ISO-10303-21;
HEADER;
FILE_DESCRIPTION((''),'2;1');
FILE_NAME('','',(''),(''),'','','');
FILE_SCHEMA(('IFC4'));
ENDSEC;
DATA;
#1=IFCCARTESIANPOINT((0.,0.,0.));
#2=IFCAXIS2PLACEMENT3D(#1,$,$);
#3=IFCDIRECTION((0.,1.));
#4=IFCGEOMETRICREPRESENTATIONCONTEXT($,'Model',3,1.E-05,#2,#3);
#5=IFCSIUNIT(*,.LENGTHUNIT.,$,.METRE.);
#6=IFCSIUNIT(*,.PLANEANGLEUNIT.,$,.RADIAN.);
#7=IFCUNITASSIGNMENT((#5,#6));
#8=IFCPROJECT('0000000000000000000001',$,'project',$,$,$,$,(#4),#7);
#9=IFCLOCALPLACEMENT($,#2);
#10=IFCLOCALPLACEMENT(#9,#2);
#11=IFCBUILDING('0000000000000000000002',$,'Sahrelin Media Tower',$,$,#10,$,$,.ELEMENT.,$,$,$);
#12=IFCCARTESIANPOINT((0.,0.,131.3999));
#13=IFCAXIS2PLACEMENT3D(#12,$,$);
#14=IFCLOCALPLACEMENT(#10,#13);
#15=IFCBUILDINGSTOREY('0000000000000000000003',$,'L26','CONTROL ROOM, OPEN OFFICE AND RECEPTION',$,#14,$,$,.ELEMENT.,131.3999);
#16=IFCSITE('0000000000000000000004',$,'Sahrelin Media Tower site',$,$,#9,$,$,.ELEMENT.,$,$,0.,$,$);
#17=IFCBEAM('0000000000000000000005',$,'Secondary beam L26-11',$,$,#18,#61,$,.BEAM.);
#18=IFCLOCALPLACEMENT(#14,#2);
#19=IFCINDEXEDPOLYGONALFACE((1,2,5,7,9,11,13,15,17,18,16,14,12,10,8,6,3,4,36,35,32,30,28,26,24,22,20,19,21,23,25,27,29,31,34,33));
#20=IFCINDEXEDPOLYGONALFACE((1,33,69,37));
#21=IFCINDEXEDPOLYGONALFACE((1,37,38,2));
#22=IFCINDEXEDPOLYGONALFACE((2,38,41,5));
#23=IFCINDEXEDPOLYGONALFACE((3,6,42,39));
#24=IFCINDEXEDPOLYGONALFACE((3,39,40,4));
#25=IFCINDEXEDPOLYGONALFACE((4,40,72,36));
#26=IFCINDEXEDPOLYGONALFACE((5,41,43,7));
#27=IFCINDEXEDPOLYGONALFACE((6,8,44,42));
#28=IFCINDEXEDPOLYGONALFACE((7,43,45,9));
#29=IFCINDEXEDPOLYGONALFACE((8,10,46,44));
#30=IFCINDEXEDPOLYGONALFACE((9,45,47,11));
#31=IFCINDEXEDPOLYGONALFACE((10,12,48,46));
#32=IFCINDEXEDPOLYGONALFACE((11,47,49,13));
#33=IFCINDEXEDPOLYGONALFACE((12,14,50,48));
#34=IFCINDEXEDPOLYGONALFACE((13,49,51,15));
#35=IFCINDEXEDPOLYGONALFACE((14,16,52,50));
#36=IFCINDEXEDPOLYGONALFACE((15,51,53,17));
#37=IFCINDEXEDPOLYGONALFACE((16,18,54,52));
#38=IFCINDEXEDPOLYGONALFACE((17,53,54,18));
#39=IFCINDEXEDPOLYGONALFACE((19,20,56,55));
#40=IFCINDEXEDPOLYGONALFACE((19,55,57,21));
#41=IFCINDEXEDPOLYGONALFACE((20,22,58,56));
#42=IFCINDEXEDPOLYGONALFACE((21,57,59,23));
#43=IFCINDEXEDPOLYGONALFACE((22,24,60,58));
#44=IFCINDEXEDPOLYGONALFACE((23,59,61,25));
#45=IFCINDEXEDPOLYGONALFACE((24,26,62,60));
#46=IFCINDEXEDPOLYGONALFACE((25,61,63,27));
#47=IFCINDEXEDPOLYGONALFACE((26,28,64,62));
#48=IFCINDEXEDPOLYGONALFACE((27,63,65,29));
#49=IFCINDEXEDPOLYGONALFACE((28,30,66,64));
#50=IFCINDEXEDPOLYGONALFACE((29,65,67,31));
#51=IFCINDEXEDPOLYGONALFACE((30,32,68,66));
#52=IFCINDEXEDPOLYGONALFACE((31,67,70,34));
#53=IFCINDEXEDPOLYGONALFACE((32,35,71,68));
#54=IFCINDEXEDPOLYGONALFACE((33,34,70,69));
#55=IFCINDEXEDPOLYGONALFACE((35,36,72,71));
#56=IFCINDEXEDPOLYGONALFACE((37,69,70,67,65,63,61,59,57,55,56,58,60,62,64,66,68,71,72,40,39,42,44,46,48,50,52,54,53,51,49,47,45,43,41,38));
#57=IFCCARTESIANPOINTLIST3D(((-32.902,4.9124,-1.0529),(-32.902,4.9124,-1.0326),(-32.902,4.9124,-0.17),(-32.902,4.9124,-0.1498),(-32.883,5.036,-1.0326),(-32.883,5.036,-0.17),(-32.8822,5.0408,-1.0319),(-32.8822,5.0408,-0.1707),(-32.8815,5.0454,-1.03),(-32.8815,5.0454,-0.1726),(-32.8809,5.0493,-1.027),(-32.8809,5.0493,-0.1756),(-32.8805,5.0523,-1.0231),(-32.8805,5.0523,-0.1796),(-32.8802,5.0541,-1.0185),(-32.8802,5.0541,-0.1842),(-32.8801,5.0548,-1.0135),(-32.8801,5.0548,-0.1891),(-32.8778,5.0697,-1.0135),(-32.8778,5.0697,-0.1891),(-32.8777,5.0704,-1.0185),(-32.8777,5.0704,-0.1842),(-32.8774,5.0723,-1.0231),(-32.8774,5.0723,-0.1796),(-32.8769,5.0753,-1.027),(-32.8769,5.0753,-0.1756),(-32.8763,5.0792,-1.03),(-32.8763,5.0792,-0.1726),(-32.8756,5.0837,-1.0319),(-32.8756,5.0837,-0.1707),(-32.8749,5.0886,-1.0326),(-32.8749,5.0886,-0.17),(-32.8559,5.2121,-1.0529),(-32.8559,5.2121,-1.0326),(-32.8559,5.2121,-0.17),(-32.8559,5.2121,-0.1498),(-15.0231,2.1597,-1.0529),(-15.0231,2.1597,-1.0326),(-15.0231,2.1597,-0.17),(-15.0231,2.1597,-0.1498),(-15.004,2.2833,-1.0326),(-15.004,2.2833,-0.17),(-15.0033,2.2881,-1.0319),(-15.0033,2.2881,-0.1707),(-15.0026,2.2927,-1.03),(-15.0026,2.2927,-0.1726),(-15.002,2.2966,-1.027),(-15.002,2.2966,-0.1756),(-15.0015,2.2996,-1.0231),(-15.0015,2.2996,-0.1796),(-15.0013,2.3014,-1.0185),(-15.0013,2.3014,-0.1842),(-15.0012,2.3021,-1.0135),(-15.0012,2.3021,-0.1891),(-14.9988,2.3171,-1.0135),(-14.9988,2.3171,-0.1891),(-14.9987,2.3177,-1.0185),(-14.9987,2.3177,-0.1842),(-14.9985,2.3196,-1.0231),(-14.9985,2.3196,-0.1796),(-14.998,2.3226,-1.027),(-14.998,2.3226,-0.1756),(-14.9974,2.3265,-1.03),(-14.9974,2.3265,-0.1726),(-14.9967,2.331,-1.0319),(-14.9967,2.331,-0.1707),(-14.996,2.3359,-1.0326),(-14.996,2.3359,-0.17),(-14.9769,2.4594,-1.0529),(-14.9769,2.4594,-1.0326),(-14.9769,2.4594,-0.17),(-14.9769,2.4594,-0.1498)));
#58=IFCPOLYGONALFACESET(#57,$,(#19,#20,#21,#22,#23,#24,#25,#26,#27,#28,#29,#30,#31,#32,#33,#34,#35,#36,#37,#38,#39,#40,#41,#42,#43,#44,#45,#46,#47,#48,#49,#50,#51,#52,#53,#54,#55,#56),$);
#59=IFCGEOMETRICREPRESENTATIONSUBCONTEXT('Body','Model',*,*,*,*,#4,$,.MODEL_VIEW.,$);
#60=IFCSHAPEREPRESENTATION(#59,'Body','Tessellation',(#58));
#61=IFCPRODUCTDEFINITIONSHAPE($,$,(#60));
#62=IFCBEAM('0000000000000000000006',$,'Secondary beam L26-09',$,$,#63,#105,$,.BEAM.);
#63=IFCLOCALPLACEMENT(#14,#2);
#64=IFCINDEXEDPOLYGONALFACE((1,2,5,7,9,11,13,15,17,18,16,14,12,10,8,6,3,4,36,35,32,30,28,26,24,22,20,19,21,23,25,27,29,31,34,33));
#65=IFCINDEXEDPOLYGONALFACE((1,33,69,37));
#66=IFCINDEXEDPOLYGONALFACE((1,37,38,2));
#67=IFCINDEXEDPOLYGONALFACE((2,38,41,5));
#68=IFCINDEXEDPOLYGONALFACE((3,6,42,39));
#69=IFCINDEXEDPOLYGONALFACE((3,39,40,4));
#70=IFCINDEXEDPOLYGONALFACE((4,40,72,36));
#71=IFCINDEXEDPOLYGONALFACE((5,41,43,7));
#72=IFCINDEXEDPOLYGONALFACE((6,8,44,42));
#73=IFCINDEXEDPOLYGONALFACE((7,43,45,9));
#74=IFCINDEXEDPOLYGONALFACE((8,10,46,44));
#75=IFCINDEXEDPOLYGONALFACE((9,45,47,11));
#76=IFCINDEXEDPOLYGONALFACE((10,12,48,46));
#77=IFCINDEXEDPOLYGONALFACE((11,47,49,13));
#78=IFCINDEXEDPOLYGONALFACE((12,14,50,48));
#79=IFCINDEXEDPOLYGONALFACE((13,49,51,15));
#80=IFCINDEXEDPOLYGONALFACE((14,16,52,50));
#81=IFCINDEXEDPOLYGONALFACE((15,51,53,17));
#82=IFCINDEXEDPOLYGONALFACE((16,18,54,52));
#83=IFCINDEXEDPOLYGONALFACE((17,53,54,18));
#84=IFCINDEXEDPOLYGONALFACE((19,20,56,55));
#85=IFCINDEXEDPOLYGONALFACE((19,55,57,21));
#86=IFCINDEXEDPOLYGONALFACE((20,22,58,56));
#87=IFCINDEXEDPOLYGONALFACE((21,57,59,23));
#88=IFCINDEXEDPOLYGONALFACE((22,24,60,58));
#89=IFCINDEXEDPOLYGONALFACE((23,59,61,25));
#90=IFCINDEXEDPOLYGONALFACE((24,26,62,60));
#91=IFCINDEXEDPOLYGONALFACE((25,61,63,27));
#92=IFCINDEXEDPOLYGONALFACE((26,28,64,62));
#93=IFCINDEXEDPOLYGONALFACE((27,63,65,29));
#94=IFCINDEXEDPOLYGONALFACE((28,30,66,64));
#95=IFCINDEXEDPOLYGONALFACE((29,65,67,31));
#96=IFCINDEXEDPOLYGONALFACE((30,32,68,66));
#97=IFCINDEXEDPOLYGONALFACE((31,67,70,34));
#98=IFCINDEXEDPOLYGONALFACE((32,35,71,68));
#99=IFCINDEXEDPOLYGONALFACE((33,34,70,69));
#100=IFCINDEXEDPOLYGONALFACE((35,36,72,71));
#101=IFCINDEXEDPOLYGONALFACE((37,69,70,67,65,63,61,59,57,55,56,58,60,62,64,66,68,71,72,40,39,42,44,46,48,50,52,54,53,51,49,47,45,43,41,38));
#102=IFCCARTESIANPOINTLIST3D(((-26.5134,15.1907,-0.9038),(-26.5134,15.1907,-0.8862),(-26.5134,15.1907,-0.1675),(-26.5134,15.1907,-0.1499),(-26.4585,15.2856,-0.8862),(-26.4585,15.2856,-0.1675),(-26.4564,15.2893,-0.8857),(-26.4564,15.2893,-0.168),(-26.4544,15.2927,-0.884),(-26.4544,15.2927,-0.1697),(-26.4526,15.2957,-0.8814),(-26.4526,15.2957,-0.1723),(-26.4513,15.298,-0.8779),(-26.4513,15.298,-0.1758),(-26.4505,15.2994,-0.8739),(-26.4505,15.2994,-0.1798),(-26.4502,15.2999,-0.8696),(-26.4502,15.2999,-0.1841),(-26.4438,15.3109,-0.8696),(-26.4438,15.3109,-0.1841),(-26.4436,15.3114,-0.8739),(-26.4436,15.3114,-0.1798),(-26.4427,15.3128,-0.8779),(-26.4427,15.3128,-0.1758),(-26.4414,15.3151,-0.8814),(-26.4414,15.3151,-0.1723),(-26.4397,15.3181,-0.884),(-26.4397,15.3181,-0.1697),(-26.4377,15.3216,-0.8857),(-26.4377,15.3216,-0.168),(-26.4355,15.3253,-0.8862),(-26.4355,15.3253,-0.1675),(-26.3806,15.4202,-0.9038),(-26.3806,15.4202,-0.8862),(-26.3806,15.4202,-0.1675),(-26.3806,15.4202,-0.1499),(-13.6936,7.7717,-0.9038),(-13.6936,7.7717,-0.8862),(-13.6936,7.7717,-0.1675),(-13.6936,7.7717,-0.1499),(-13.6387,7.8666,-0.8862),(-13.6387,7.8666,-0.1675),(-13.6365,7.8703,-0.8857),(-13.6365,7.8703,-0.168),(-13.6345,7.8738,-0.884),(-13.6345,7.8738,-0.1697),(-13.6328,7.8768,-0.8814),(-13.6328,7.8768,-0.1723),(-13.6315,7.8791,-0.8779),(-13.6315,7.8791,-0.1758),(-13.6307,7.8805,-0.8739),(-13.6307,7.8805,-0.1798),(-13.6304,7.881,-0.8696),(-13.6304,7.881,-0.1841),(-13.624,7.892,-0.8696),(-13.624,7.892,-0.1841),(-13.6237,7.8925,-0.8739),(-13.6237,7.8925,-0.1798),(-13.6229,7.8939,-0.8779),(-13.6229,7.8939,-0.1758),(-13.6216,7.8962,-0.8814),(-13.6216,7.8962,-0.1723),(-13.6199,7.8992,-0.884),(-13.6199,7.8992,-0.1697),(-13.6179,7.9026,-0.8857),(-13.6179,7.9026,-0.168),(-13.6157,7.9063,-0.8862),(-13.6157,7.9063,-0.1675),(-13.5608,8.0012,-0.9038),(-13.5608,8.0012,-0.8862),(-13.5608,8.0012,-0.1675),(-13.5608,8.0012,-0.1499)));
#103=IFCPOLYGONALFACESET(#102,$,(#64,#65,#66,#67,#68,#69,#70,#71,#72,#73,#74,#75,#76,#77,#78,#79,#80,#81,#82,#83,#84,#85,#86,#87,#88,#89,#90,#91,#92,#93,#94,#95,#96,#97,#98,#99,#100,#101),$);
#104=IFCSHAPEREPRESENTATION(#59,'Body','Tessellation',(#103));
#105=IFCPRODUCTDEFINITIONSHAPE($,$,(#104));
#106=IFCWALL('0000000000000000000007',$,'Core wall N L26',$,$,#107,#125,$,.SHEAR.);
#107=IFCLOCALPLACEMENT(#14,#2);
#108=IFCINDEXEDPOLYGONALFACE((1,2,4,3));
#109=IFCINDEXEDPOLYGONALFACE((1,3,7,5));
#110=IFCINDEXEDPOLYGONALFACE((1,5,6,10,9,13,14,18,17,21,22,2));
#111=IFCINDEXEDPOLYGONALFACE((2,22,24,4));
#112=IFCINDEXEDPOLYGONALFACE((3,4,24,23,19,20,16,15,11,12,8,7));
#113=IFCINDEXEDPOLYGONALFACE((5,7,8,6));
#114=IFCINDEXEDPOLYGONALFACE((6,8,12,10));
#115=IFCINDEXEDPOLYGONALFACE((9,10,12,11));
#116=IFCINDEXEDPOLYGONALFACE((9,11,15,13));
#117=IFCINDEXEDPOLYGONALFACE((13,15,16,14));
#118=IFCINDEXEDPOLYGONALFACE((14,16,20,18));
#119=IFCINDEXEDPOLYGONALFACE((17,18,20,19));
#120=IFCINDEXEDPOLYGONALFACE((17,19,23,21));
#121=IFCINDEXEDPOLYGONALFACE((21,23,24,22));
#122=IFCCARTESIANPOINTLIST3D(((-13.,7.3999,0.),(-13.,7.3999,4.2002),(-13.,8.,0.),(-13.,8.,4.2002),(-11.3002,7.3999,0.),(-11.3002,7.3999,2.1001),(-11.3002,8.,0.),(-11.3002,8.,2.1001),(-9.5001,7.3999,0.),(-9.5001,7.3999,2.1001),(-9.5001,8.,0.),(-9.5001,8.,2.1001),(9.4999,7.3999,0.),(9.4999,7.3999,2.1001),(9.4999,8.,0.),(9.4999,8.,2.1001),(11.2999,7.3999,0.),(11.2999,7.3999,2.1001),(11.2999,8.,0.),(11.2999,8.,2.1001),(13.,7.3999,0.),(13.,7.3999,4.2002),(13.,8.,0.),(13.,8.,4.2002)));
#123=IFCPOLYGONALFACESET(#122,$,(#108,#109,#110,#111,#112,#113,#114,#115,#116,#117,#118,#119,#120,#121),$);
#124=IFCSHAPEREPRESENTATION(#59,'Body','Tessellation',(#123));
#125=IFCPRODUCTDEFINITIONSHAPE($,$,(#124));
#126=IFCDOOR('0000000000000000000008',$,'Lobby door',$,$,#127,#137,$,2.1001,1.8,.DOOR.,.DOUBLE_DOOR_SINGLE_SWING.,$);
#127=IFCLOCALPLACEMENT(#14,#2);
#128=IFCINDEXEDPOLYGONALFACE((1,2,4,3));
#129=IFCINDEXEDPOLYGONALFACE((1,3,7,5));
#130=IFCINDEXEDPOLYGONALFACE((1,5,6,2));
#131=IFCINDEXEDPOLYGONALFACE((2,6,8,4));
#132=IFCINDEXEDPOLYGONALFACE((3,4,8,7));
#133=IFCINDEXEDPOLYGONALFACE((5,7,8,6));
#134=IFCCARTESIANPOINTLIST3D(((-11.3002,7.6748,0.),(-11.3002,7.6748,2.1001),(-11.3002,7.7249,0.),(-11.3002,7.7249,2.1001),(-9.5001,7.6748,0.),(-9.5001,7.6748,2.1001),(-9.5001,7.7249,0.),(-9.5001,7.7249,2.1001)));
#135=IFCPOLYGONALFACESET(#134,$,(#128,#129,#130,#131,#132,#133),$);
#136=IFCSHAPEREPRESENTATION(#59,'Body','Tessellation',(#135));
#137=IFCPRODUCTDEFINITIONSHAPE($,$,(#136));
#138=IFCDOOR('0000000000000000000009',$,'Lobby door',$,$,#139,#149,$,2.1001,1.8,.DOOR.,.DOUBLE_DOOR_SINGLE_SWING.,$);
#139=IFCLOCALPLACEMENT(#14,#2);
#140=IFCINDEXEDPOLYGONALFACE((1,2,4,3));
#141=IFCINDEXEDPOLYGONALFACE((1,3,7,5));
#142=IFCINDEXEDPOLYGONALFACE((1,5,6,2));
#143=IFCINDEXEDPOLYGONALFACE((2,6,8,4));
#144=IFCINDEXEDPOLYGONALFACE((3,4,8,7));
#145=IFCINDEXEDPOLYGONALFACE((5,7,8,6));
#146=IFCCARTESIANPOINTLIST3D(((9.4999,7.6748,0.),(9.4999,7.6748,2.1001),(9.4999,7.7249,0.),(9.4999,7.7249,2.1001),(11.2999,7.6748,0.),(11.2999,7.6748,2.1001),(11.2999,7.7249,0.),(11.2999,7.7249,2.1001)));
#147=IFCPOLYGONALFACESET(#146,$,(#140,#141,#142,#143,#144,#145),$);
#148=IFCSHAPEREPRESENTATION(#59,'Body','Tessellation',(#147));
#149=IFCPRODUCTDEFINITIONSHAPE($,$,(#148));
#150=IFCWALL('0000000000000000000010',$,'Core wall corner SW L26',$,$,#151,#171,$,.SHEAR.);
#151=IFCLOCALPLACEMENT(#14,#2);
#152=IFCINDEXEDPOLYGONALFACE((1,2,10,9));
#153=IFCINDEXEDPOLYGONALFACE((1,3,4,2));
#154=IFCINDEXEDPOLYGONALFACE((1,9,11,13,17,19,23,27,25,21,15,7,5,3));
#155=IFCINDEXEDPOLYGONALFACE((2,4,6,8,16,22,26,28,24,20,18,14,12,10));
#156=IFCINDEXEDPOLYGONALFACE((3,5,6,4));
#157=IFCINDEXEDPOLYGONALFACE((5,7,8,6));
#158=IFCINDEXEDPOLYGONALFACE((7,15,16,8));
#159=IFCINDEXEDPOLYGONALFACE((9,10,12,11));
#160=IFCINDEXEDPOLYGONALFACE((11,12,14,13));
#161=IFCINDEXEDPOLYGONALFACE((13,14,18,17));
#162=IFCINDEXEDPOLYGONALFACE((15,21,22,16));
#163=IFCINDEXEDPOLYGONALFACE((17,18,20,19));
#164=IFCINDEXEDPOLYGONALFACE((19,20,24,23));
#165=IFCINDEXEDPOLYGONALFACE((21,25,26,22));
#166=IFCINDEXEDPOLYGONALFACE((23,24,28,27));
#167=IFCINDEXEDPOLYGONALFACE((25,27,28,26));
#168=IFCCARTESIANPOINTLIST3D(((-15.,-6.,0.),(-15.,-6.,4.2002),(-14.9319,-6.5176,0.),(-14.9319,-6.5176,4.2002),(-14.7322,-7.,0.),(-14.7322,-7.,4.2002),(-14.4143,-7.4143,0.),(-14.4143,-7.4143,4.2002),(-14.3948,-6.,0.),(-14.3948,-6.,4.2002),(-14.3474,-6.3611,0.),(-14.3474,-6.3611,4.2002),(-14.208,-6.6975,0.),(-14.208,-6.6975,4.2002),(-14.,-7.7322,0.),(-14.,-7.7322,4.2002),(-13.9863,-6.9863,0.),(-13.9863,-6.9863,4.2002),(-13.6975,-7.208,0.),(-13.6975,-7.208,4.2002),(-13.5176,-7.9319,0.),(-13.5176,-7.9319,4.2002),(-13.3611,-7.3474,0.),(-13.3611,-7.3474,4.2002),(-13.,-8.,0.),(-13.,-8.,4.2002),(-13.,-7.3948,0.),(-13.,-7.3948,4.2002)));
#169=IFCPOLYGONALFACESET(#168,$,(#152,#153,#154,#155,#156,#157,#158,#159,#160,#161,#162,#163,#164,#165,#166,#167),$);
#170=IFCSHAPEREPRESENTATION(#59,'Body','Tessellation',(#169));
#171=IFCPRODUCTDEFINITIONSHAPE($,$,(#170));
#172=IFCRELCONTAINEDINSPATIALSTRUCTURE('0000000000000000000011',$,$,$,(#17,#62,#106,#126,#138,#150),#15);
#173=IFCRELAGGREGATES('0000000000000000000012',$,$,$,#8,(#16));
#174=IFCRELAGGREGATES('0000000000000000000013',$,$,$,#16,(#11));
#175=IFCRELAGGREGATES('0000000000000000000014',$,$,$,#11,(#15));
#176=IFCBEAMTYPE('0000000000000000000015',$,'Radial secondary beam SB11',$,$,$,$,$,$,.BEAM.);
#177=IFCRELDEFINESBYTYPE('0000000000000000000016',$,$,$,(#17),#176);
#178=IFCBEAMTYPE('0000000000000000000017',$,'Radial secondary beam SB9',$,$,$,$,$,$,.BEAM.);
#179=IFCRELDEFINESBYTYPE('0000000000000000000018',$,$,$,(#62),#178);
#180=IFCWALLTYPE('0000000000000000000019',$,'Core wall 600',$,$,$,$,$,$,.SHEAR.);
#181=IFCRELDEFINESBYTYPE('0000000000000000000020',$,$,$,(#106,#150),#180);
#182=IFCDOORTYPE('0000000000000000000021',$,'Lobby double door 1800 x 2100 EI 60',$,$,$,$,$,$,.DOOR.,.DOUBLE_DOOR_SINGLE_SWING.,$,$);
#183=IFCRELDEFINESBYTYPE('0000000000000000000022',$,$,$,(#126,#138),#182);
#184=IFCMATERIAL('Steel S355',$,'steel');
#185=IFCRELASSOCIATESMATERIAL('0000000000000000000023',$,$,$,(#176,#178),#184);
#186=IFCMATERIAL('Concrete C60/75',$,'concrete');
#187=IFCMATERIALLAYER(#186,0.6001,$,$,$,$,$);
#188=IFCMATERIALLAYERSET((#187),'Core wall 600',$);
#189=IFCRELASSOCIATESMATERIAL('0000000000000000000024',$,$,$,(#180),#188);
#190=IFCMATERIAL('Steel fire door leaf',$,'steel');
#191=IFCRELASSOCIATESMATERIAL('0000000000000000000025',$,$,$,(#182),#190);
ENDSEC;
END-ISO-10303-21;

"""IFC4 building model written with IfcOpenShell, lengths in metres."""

from ifc_helpers import new_model, si_unit, direction, frame, frame_2d, origin, origin_2d, place, context, subcontext, project, spatial, polyline, rectangle, i_section, outline, extrude, material, layer, layer_set, material_profile, profile_set, type_object, element, fill, save


model = new_model("IFC4")

# Units and contexts
model_context = context("Model", 3, precision=1e-05, world=origin(), true_north=direction((0.0, 1.0)))
body_context = subcontext(model_context, "Body", "Model", "MODEL_VIEW")
ifc_project = project(units=[si_unit("LENGTHUNIT", "METRE"), si_unit("PLANEANGLEUNIT", "RADIAN")], contexts=[model_context])

# Site, building, storey
site_placement = place(None, origin())
site = spatial("IfcSite", under=ifc_project, at=site_placement, Name="Sahrelin Media Tower site", CompositionType="ELEMENT", RefElevation=0.0)
building_placement = place(site_placement, origin())
building = spatial("IfcBuilding", under=site, at=building_placement, Name="Sahrelin Media Tower", CompositionType="ELEMENT")
storey_placement = place(building_placement, frame((0.0, 0.0, 131.3999)))
storey = spatial("IfcBuildingStorey", under=building, at=storey_placement, Name="L26", Description="CONTROL ROOM, OPEN OFFICE AND RECEPTION", CompositionType="ELEMENT", Elevation=131.3999)

# Beams
ifc_material_1 = material(Name="Steel S355", Category="steel")
ifc_material_profile_1 = material_profile(ifc_material_1, i_section(OverallWidth=0.3032, OverallDepth=0.9031, WebThickness=0.0151, FlangeThickness=0.0203, FilletRadius=0.019, at=origin_2d()), Name="UB 914x305x201")
ifc_profile_set_1 = profile_set([ifc_material_profile_1], Name="Steel S355")
beam_type_1 = type_object("IfcBeamType", Name="Radial secondary beam SB11", PredefinedType="BEAM", material=ifc_profile_set_1)
beam_1_placement = place(storey_placement, frame((-15.0, 2.3096, -0.6013), z_axis=(-0.988354, 0.15217, 0.0), x_axis=(-0.15217, -0.988354, 0.0)))
element("IfcBeam", 1, at=beam_1_placement, inside=storey, type_object=beam_type_1, Name="Secondary beam L26-11", PredefinedType="BEAM", context=body_context, shape_type="SweptSolid", body=[
    extrude(i_section(OverallWidth=0.3032, OverallDepth=0.9031, WebThickness=0.0151, FlangeThickness=0.0203, FilletRadius=0.019, at=origin_2d()), origin(), (0.0, 0.0, 1.0), 18.0896),
])
ifc_material_profile_2 = material_profile(ifc_material_1, i_section(OverallWidth=0.2651, OverallDepth=0.7539, WebThickness=0.0127, FlangeThickness=0.0176, FilletRadius=0.0166, at=origin_2d()), Name="UB 762x267x147")
ifc_profile_set_2 = profile_set([ifc_material_profile_2], Name="Steel S355")
beam_type_2 = type_object("IfcBeamType", Name="Radial secondary beam SB9", PredefinedType="BEAM", material=ifc_profile_set_2)
beam_2_placement = place(storey_placement, frame((-13.6272, 7.8865, -0.5269), z_axis=(-0.865516, 0.500882, 0.0), x_axis=(-0.500882, -0.865516, 0.0)))
element("IfcBeam", 2, at=beam_2_placement, inside=storey, type_object=beam_type_2, Name="Secondary beam L26-09", PredefinedType="BEAM", context=body_context, shape_type="SweptSolid", body=[
    extrude(i_section(OverallWidth=0.2651, OverallDepth=0.7539, WebThickness=0.0127, FlangeThickness=0.0176, FilletRadius=0.0166, at=origin_2d()), origin(), (0.0, 0.0, 1.0), 14.8118),
])

# Wall, openings, doors
ifc_material_2 = material(Name="Concrete C60/75", Category="concrete")
ifc_layer_1 = layer(ifc_material_2, 0.6001)
ifc_layer_set_1 = layer_set([ifc_layer_1], Name="Core wall 600")
wall_type_1 = type_object("IfcWallType", Name="Core wall 600", PredefinedType="SHEAR", material=ifc_layer_set_1)
wall_1_placement = place(storey_placement, frame((-13.0, 7.7, 0.0), z_axis=(0.0, 0.0, 1.0), x_axis=(1.0, 0.0, 0.0)))
wall_1 = element("IfcWall", 3, at=wall_1_placement, inside=storey, type_object=wall_type_1, Name="Core wall N L26", PredefinedType="SHEAR", context=body_context, shape_type="SweptSolid", body=[
    extrude(rectangle(XDim=26.0, YDim=0.6001, at=frame_2d((13.0, 0.0))), origin(), (0.0, 0.0, 1.0), 4.2002),
])
opening_1_placement = place(wall_1_placement, frame((1.7, 0.0, 0.0)))
opening_1 = element("IfcOpeningElement", 4, at=opening_1_placement, cuts=wall_1, PredefinedType="OPENING", context=body_context, shape_type="SweptSolid", body=[
    extrude(rectangle(XDim=1.8, YDim=2.1001, at=frame_2d((0.8999, 1.05))), frame((0.0, 0.3, 0.0), z_axis=(0.0, -1.0, 0.0), x_axis=(1.0, 0.0, 0.0)), (0.0, 0.0, 1.0), 0.6001),
])
opening_2_placement = place(wall_1_placement, frame((22.5, 0.0, 0.0)))
opening_2 = element("IfcOpeningElement", 5, at=opening_2_placement, cuts=wall_1, PredefinedType="OPENING", context=body_context, shape_type="SweptSolid", body=[
    extrude(rectangle(XDim=1.8, YDim=2.1001, at=frame_2d((0.8999, 1.05))), frame((0.0, 0.3, 0.0), z_axis=(0.0, -1.0, 0.0), x_axis=(1.0, 0.0, 0.0)), (0.0, 0.0, 1.0), 0.6001),
])
ifc_material_3 = material(Name="Steel fire door leaf", Category="steel")
door_type_1 = type_object("IfcDoorType", Name="Lobby double door 1800 x 2100 EI 60", OperationType="DOUBLE_DOOR_SINGLE_SWING", PredefinedType="DOOR", material=ifc_material_3)
door_1_placement = place(opening_1_placement, origin())
door_1 = element("IfcDoor", 6, at=door_1_placement, inside=storey, type_object=door_type_1, Name="Lobby door", OperationType="DOUBLE_DOOR_SINGLE_SWING", OverallHeight=2.1001, OverallWidth=1.8, PredefinedType="DOOR", context=body_context, shape_type="SweptSolid", body=[
    extrude(rectangle(XDim=1.8, YDim=2.1001, at=frame_2d((0.8999, 1.05))), frame((0.0, 0.0249, 0.0), z_axis=(0.0, -1.0, 0.0), x_axis=(1.0, 0.0, 0.0)), (0.0, 0.0, 1.0), 0.05),
])
fill(opening_1, door_1)
door_2_placement = place(opening_2_placement, origin())
door_2 = element("IfcDoor", 7, at=door_2_placement, inside=storey, type_object=door_type_1, Name="Lobby door", OperationType="DOUBLE_DOOR_SINGLE_SWING", OverallHeight=2.1001, OverallWidth=1.8, PredefinedType="DOOR", context=body_context, shape_type="SweptSolid", body=[
    extrude(rectangle(XDim=1.8, YDim=2.1001, at=frame_2d((0.8999, 1.05))), frame((0.0, 0.0249, 0.0), z_axis=(0.0, -1.0, 0.0), x_axis=(1.0, 0.0, 0.0)), (0.0, 0.0, 1.0), 0.05),
])
fill(opening_2, door_2)

# Wall
placement = place(storey_placement, origin())
element("IfcWall", 8, at=placement, inside=storey, type_object=wall_type_1, Name="Core wall corner SW L26", PredefinedType="SHEAR", context=body_context, shape_type="SweptSolid", body=[
    extrude(outline(polyline([(-13.0, -8.0), (-13.0, -7.3948), (-13.3611, -7.3474), (-13.6975, -7.208), (-13.9863, -6.9863), (-14.208, -6.6975), (-14.3474, -6.3611), (-14.3948, -6.0), (-15.0, -6.0), (-14.9319, -6.5176), (-14.7322, -7.0), (-14.4143, -7.4143), (-14.0, -7.7322), (-13.5176, -7.9319), (-13.0, -8.0)])), origin(), (0.0, 0.0, 1.0), 4.2002),
])

save(model, "model.ifc")
